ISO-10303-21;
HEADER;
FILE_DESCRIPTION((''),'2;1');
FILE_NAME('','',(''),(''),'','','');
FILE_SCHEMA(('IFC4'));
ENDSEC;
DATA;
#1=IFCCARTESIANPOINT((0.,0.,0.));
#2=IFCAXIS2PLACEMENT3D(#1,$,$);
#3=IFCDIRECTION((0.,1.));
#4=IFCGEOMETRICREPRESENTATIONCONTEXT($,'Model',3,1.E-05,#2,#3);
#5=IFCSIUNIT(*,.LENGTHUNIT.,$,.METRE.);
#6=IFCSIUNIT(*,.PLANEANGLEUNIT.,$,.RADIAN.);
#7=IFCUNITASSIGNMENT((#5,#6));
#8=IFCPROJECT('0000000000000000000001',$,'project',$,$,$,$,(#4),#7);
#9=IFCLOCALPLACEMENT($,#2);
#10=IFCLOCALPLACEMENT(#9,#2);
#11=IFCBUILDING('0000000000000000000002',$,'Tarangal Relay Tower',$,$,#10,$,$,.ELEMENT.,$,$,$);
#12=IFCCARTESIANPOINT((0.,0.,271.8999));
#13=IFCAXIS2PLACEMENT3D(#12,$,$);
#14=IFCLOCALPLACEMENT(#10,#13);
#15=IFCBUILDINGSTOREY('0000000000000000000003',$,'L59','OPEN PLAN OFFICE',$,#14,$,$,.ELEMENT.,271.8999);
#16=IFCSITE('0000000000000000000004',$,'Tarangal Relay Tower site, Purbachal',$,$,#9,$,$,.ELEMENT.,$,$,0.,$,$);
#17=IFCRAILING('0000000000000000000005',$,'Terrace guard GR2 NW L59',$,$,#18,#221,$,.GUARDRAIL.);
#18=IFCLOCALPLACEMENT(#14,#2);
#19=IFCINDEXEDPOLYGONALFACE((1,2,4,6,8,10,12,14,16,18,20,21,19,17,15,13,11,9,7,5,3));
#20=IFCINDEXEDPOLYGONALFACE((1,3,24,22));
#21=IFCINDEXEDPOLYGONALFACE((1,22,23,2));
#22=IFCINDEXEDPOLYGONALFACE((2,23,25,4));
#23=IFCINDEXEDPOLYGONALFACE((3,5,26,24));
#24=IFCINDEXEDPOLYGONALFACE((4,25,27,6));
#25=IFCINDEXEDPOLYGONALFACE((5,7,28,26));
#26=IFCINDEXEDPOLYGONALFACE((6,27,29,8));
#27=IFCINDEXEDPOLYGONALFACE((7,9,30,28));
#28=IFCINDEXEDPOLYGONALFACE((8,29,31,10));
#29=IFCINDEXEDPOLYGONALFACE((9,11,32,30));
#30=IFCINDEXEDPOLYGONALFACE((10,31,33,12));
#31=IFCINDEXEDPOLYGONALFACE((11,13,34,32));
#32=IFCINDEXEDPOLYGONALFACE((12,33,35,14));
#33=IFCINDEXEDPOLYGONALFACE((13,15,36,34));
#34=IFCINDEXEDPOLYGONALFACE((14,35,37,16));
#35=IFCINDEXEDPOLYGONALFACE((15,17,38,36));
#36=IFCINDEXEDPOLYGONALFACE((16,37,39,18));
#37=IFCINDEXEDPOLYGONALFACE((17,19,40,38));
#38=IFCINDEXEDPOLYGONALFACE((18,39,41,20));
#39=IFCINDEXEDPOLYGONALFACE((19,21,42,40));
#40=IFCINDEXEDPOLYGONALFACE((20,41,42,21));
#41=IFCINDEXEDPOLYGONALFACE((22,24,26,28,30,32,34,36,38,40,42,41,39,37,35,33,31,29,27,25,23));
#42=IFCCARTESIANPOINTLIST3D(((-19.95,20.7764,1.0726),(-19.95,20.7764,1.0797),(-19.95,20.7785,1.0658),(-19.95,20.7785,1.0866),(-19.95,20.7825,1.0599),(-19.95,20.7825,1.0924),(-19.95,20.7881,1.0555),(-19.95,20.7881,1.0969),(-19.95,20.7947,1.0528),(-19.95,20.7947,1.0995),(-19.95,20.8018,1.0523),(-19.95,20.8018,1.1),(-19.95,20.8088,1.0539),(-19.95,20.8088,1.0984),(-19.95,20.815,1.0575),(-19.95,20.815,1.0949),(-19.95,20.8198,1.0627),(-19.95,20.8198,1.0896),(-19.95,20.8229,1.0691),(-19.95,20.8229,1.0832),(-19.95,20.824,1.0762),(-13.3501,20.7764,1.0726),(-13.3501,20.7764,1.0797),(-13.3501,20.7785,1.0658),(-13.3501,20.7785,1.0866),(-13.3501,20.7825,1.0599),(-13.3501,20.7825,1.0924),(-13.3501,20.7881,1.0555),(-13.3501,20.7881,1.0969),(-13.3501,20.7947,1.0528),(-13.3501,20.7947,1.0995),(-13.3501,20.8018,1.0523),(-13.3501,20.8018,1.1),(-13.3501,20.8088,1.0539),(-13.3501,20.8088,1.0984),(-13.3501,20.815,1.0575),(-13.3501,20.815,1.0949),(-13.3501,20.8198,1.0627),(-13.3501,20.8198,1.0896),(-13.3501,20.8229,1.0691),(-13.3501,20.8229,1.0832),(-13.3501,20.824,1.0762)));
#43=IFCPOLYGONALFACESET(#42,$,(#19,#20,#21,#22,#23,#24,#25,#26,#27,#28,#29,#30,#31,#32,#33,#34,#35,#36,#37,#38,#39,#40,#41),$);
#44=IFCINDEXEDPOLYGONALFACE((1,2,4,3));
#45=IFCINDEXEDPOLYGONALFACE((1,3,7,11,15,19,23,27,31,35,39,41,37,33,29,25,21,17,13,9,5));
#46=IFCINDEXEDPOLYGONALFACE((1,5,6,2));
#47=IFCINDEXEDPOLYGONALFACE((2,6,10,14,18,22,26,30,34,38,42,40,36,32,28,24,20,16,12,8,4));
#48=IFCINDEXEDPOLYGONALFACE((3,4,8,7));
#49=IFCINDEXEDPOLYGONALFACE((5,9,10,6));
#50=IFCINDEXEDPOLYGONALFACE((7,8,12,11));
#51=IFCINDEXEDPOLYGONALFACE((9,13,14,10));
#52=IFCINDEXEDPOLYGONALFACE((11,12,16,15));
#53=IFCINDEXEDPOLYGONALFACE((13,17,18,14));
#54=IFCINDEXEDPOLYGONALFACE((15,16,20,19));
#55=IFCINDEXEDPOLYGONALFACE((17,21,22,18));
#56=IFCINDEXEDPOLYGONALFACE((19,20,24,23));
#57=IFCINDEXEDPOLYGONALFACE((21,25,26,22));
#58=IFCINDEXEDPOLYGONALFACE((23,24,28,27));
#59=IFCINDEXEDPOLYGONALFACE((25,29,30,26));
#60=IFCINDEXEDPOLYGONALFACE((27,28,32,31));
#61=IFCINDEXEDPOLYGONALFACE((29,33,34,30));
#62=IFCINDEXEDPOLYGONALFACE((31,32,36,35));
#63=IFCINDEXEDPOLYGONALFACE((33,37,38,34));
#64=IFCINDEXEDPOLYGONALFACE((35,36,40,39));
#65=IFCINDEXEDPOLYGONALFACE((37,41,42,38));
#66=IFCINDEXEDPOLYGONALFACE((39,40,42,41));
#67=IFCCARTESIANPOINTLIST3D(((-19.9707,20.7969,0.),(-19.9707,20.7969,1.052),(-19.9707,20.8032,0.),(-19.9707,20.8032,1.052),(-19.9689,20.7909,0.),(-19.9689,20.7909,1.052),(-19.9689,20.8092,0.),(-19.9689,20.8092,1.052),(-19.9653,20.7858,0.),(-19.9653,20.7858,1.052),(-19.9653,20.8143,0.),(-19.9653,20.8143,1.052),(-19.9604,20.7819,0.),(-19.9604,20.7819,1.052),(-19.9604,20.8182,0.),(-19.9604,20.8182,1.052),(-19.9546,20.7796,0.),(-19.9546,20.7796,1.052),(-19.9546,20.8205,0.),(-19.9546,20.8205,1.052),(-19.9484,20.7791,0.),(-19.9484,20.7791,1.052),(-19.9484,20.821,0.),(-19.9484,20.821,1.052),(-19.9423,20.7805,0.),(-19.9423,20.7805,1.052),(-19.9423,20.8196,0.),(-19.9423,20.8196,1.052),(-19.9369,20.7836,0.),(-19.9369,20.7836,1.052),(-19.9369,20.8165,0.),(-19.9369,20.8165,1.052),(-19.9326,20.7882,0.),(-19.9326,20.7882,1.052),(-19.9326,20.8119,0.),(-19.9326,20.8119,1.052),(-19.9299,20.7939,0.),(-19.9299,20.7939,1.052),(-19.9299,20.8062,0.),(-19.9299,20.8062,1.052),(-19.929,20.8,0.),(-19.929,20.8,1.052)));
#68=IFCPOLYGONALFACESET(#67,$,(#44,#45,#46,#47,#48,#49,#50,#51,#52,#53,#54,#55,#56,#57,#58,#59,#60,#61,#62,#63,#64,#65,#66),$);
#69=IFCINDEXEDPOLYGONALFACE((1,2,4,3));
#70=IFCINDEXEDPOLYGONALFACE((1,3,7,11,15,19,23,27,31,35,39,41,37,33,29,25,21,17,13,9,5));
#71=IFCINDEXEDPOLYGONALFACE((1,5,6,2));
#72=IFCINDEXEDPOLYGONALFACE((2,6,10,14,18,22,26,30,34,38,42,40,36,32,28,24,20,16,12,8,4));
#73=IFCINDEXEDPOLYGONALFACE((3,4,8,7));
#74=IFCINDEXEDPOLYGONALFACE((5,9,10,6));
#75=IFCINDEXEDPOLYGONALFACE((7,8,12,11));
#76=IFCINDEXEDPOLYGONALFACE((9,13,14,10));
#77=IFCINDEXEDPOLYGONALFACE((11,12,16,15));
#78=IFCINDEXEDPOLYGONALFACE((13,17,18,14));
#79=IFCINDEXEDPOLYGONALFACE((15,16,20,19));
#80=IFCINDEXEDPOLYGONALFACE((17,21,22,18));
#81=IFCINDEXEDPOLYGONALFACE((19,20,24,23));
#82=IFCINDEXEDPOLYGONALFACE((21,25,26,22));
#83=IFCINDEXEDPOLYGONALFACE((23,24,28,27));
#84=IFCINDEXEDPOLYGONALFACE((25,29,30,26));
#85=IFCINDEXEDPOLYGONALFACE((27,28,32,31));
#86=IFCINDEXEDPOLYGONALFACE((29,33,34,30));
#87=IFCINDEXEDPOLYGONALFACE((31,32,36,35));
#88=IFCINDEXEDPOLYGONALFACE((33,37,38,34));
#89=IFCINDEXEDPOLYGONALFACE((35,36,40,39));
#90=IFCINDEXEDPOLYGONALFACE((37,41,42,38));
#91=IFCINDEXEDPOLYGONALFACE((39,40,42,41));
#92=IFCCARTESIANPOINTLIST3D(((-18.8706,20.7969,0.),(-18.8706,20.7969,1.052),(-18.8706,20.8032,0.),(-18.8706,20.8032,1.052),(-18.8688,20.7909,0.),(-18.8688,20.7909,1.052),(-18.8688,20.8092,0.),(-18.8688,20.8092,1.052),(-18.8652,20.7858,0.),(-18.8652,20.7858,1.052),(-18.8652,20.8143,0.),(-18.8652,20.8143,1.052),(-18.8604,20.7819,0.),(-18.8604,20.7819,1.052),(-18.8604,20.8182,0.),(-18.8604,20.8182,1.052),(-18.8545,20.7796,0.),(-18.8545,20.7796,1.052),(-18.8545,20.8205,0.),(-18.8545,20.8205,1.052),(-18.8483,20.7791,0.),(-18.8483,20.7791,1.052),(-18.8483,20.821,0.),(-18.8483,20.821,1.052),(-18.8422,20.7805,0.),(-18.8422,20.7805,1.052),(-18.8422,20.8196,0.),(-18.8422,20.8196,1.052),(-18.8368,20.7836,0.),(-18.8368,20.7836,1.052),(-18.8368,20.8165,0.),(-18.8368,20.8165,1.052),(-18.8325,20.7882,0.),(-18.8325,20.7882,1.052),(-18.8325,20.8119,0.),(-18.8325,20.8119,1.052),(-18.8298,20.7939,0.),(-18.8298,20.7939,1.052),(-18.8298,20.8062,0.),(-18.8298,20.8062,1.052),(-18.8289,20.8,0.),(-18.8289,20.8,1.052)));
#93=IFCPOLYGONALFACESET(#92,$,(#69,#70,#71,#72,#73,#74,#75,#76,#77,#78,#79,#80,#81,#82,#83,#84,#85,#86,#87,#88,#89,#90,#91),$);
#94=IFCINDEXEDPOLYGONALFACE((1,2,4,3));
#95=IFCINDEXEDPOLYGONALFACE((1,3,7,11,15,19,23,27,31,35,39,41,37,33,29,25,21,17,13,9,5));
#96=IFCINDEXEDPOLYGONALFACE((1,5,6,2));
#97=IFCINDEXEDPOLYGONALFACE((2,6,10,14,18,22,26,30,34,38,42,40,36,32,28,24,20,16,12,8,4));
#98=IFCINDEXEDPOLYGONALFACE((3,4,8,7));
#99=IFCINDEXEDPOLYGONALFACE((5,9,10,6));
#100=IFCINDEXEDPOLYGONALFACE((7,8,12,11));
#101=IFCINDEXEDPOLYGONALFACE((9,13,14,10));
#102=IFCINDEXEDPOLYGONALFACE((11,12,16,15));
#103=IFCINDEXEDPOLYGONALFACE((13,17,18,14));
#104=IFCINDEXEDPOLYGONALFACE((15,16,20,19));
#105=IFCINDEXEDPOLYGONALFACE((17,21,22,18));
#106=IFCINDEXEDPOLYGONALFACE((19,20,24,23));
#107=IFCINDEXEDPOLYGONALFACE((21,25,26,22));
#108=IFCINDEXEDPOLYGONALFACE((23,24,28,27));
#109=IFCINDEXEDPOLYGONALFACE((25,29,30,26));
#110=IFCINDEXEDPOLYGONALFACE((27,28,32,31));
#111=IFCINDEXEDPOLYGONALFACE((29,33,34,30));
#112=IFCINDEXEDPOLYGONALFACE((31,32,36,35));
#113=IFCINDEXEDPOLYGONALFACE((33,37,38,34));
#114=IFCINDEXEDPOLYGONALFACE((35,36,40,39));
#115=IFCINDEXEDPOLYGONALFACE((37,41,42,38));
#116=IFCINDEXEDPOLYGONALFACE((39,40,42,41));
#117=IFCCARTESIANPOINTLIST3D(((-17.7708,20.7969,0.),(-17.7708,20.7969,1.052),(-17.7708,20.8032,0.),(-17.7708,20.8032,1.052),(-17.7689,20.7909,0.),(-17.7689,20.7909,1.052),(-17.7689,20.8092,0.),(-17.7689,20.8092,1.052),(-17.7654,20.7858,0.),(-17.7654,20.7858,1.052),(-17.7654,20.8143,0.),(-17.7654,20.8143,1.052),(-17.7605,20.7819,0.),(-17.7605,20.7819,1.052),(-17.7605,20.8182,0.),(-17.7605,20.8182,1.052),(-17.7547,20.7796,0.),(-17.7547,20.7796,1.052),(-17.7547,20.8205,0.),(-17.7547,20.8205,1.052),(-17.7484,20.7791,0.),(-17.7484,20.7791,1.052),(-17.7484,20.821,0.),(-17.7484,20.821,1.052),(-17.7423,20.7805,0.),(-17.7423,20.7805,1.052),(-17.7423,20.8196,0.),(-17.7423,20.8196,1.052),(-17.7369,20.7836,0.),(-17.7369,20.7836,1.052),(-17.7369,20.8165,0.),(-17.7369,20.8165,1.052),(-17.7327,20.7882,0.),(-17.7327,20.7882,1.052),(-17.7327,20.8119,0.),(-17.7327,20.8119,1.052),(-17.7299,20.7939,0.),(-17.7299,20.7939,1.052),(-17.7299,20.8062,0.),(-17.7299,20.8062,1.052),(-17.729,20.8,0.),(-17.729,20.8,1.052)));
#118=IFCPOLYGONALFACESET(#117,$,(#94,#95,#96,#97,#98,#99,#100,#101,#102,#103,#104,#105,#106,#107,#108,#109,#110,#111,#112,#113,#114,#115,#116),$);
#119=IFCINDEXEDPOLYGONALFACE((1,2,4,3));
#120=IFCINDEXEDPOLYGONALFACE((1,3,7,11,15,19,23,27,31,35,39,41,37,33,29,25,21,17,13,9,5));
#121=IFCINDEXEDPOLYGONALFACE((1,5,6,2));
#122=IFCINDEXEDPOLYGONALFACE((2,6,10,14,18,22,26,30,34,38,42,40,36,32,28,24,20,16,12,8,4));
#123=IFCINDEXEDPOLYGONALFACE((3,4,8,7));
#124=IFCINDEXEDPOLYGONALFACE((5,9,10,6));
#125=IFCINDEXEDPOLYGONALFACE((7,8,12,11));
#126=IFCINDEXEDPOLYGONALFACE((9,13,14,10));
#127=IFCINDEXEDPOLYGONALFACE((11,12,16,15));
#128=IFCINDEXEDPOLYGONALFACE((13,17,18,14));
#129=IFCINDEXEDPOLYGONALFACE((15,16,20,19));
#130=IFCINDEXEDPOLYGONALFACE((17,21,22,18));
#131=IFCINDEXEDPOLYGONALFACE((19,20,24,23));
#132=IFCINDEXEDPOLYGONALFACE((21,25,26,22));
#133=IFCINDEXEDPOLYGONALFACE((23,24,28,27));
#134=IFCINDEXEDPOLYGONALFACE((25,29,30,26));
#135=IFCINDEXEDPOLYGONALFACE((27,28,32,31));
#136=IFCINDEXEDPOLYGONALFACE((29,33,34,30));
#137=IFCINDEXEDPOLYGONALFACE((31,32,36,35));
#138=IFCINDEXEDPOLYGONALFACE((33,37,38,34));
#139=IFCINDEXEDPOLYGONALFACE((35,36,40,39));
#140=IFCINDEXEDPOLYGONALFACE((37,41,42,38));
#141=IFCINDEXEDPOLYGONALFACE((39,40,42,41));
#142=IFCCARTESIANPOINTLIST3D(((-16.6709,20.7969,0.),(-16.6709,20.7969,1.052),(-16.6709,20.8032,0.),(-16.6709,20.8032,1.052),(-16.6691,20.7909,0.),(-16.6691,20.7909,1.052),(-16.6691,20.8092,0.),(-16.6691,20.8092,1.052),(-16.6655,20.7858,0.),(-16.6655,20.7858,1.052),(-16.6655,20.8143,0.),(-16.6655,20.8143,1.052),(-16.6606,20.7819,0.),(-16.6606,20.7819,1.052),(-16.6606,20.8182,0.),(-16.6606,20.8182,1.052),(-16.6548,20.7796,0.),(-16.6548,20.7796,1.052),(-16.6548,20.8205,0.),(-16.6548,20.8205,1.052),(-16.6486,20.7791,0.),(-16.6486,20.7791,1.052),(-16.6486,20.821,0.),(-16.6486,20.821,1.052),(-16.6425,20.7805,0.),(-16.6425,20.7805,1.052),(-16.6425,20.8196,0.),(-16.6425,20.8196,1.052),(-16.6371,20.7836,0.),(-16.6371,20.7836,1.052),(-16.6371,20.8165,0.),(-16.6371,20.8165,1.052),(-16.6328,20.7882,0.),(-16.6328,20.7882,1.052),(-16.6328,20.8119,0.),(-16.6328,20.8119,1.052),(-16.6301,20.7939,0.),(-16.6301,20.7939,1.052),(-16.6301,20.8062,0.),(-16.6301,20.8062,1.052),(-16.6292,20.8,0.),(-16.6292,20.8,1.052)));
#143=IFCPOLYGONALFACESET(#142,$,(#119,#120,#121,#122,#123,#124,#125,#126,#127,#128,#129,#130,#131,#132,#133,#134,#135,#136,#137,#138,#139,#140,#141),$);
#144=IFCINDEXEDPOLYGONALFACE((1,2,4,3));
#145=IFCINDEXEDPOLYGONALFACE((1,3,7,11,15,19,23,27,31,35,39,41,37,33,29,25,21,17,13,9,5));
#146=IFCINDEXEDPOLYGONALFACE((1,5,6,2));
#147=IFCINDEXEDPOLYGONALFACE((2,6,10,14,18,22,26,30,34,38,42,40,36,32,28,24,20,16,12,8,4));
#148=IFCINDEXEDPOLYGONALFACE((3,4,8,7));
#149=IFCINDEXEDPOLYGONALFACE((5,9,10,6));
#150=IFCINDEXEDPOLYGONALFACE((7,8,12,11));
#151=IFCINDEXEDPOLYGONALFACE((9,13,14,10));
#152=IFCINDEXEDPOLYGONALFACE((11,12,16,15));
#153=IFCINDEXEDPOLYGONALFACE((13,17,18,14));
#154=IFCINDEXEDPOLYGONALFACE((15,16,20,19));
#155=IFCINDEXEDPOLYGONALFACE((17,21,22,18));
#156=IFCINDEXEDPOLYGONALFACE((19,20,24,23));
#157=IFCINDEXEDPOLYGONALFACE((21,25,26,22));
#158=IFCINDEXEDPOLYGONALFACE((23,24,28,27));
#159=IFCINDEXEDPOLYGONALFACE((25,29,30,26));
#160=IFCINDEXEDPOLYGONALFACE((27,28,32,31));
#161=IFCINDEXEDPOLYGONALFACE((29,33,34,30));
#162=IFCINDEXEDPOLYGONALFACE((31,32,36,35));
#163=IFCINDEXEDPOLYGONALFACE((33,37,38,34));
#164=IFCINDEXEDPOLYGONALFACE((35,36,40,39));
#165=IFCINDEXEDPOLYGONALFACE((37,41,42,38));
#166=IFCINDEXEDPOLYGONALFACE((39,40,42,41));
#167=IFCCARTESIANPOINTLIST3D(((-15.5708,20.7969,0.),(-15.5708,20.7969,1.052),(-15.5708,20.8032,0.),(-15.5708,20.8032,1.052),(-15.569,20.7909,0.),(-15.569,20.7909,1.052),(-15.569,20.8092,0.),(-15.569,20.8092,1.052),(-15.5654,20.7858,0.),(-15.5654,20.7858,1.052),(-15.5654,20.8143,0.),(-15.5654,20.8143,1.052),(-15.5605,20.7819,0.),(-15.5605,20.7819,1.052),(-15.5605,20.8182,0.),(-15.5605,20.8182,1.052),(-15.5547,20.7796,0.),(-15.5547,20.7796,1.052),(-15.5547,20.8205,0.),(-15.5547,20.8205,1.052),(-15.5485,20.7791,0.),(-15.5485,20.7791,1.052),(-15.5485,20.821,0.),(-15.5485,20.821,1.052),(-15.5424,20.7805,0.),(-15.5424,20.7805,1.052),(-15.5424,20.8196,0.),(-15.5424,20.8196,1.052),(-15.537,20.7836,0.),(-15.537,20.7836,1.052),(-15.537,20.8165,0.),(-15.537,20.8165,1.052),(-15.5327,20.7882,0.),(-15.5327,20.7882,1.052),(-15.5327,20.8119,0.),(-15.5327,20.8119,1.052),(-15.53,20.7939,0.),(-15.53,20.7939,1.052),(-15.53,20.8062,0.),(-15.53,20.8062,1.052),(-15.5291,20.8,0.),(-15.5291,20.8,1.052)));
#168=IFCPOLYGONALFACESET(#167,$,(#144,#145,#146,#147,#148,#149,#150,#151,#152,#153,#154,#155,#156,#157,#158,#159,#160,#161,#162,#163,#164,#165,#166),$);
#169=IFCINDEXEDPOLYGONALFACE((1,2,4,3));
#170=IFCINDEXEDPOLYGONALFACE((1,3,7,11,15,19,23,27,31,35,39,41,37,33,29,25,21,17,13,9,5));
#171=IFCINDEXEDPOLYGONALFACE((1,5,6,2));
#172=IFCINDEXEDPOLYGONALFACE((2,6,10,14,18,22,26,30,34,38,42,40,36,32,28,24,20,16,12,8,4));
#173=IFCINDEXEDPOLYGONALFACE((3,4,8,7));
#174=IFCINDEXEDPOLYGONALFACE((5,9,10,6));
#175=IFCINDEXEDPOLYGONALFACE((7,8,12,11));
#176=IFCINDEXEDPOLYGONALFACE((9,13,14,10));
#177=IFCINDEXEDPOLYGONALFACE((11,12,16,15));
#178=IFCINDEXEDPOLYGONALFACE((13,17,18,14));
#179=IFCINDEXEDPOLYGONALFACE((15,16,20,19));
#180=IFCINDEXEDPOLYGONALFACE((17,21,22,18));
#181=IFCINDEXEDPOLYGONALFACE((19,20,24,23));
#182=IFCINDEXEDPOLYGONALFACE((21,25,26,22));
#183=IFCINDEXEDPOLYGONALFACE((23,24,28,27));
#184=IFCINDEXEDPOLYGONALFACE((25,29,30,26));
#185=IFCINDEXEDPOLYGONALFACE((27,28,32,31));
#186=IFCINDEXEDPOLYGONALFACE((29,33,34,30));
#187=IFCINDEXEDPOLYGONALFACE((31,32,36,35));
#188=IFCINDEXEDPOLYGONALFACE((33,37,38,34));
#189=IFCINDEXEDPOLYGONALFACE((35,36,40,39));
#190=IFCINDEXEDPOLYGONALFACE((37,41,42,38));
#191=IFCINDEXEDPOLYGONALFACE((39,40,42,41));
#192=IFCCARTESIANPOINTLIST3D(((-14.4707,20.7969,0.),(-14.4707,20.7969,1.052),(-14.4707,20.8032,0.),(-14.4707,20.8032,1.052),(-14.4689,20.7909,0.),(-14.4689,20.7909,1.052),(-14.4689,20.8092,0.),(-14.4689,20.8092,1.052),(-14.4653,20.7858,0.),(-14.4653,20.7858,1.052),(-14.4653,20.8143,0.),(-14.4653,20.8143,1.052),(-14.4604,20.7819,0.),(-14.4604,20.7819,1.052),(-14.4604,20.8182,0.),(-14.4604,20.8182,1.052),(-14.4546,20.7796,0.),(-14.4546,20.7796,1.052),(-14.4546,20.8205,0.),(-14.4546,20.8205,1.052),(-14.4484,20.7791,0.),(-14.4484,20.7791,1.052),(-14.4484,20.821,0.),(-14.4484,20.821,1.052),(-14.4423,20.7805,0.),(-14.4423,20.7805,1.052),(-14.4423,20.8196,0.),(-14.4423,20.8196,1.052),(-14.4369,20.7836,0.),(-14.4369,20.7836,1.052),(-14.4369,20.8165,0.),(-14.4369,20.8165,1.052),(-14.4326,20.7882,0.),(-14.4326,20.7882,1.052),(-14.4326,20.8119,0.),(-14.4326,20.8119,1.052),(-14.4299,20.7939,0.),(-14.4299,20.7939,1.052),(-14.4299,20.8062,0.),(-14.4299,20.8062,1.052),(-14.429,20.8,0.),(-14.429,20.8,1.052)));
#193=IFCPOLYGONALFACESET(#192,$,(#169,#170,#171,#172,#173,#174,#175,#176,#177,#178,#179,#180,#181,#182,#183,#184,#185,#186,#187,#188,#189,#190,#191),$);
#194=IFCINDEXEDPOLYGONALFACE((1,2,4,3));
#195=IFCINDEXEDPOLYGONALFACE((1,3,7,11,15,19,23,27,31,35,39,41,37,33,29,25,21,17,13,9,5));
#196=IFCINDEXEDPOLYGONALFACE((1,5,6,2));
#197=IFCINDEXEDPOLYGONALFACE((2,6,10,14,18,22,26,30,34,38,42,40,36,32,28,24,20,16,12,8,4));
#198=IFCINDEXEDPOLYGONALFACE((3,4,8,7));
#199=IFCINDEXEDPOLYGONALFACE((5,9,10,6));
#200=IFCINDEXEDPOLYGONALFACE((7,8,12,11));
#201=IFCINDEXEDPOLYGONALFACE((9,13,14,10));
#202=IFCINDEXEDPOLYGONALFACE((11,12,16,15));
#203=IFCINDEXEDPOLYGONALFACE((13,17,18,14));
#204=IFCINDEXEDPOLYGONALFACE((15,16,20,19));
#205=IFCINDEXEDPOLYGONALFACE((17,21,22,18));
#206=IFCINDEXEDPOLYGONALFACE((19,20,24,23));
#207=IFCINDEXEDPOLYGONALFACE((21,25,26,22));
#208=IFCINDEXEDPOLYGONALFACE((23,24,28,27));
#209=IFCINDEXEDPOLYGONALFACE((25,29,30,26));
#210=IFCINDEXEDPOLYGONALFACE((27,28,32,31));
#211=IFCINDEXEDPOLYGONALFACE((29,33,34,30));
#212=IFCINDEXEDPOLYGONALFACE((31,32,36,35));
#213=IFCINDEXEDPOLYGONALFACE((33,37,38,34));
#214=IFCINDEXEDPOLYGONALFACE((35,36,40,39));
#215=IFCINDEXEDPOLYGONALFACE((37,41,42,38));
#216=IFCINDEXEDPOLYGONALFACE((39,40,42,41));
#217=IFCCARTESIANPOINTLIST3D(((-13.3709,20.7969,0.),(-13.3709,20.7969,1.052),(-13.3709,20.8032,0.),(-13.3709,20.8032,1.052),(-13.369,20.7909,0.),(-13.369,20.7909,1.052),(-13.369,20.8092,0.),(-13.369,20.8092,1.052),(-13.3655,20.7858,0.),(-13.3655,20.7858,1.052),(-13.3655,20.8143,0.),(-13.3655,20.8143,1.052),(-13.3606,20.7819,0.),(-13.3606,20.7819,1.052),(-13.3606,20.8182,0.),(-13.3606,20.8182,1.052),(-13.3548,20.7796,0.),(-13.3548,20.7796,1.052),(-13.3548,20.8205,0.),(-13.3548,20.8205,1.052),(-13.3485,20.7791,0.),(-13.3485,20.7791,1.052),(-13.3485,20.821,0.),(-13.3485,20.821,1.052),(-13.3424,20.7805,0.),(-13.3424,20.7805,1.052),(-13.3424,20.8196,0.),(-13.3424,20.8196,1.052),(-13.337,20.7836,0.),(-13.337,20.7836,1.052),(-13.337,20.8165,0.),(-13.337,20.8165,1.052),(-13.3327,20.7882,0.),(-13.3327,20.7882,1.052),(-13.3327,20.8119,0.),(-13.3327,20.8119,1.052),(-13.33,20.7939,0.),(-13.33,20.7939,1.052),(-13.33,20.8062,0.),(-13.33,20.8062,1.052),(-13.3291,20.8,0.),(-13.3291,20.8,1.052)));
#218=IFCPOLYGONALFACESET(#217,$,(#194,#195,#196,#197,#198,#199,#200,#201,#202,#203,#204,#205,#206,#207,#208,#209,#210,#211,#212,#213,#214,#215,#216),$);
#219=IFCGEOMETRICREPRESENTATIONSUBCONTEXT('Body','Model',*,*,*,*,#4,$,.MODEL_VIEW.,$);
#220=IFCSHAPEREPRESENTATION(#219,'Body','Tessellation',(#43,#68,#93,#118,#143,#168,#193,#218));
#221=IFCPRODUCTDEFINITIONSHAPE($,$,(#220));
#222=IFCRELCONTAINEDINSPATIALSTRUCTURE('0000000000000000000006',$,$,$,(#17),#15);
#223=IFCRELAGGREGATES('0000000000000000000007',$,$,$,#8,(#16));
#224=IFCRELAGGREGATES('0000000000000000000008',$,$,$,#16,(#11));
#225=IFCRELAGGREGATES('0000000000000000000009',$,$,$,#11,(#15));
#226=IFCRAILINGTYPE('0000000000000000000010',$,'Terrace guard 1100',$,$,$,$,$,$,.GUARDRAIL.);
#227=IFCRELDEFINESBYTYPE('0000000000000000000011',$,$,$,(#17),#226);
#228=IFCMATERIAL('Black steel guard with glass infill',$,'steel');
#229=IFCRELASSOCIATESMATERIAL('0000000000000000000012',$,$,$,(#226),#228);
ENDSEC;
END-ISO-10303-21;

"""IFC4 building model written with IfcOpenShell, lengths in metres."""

from ifc_helpers import new_model, si_unit, direction, frame, origin, origin_2d, place, context, subcontext, project, spatial, circle, extrude, material, type_object, element, save


model = new_model("IFC4")

# Units and contexts
model_context = context("Model", 3, precision=1e-05, world=origin(), true_north=direction((0.0, 1.0)))
body_context = subcontext(model_context, "Body", "Model", "MODEL_VIEW")
ifc_project = project(units=[si_unit("LENGTHUNIT", "METRE"), si_unit("PLANEANGLEUNIT", "RADIAN")], contexts=[model_context])

# Site, building, storey
site_placement = place(None, origin())
site = spatial("IfcSite", under=ifc_project, at=site_placement, Name="Tarangal Relay Tower site, Purbachal", CompositionType="ELEMENT", RefElevation=0.0)
building_placement = place(site_placement, origin())
building = spatial("IfcBuilding", under=site, at=building_placement, Name="Tarangal Relay Tower", CompositionType="ELEMENT")
storey_placement = place(building_placement, frame((0.0, 0.0, 271.8999)))
storey = spatial("IfcBuildingStorey", under=building, at=storey_placement, Name="L59", Description="OPEN PLAN OFFICE", CompositionType="ELEMENT", Elevation=271.8999)

# Railing
ifc_material_1 = material(Name="Black steel guard with glass infill", Category="steel")
railing_type = type_object("IfcRailingType", Name="Terrace guard 1100", PredefinedType="GUARDRAIL", material=ifc_material_1)
railing_1_placement = place(storey_placement, frame((-19.95, 20.8, 0.0)))
element("IfcRailing", 1, at=railing_1_placement, inside=storey, type_object=railing_type, Name="Terrace guard GR2 NW L59", PredefinedType="GUARDRAIL", context=body_context, shape_type="SweptSolid", body=[
    extrude(circle(Radius=0.0239, at=origin_2d()), frame((0.0, 0.0, 1.0762), z_axis=(1.0, 0.0, 0.0), x_axis=(0.0, 1.0, 0.0)), (0.0, 0.0, 1.0), 6.5999),
    extrude(circle(Radius=0.021, at=origin_2d()), origin(), (0.0, 0.0, 1.0), 1.052),
    extrude(circle(Radius=0.021, at=origin_2d()), frame((1.1001, 0.0, 0.0)), (0.0, 0.0, 1.0), 1.052),
    extrude(circle(Radius=0.021, at=origin_2d()), frame((2.2, 0.0, 0.0)), (0.0, 0.0, 1.0), 1.052),
    extrude(circle(Radius=0.021, at=origin_2d()), frame((3.2998, 0.0, 0.0)), (0.0, 0.0, 1.0), 1.052),
    extrude(circle(Radius=0.021, at=origin_2d()), frame((4.3999, 0.0, 0.0)), (0.0, 0.0, 1.0), 1.052),
    extrude(circle(Radius=0.021, at=origin_2d()), frame((5.5, 0.0, 0.0)), (0.0, 0.0, 1.0), 1.052),
    extrude(circle(Radius=0.021, at=origin_2d()), frame((6.5999, 0.0, 0.0)), (0.0, 0.0, 1.0), 1.052),
])

save(model, "model.ifc")
